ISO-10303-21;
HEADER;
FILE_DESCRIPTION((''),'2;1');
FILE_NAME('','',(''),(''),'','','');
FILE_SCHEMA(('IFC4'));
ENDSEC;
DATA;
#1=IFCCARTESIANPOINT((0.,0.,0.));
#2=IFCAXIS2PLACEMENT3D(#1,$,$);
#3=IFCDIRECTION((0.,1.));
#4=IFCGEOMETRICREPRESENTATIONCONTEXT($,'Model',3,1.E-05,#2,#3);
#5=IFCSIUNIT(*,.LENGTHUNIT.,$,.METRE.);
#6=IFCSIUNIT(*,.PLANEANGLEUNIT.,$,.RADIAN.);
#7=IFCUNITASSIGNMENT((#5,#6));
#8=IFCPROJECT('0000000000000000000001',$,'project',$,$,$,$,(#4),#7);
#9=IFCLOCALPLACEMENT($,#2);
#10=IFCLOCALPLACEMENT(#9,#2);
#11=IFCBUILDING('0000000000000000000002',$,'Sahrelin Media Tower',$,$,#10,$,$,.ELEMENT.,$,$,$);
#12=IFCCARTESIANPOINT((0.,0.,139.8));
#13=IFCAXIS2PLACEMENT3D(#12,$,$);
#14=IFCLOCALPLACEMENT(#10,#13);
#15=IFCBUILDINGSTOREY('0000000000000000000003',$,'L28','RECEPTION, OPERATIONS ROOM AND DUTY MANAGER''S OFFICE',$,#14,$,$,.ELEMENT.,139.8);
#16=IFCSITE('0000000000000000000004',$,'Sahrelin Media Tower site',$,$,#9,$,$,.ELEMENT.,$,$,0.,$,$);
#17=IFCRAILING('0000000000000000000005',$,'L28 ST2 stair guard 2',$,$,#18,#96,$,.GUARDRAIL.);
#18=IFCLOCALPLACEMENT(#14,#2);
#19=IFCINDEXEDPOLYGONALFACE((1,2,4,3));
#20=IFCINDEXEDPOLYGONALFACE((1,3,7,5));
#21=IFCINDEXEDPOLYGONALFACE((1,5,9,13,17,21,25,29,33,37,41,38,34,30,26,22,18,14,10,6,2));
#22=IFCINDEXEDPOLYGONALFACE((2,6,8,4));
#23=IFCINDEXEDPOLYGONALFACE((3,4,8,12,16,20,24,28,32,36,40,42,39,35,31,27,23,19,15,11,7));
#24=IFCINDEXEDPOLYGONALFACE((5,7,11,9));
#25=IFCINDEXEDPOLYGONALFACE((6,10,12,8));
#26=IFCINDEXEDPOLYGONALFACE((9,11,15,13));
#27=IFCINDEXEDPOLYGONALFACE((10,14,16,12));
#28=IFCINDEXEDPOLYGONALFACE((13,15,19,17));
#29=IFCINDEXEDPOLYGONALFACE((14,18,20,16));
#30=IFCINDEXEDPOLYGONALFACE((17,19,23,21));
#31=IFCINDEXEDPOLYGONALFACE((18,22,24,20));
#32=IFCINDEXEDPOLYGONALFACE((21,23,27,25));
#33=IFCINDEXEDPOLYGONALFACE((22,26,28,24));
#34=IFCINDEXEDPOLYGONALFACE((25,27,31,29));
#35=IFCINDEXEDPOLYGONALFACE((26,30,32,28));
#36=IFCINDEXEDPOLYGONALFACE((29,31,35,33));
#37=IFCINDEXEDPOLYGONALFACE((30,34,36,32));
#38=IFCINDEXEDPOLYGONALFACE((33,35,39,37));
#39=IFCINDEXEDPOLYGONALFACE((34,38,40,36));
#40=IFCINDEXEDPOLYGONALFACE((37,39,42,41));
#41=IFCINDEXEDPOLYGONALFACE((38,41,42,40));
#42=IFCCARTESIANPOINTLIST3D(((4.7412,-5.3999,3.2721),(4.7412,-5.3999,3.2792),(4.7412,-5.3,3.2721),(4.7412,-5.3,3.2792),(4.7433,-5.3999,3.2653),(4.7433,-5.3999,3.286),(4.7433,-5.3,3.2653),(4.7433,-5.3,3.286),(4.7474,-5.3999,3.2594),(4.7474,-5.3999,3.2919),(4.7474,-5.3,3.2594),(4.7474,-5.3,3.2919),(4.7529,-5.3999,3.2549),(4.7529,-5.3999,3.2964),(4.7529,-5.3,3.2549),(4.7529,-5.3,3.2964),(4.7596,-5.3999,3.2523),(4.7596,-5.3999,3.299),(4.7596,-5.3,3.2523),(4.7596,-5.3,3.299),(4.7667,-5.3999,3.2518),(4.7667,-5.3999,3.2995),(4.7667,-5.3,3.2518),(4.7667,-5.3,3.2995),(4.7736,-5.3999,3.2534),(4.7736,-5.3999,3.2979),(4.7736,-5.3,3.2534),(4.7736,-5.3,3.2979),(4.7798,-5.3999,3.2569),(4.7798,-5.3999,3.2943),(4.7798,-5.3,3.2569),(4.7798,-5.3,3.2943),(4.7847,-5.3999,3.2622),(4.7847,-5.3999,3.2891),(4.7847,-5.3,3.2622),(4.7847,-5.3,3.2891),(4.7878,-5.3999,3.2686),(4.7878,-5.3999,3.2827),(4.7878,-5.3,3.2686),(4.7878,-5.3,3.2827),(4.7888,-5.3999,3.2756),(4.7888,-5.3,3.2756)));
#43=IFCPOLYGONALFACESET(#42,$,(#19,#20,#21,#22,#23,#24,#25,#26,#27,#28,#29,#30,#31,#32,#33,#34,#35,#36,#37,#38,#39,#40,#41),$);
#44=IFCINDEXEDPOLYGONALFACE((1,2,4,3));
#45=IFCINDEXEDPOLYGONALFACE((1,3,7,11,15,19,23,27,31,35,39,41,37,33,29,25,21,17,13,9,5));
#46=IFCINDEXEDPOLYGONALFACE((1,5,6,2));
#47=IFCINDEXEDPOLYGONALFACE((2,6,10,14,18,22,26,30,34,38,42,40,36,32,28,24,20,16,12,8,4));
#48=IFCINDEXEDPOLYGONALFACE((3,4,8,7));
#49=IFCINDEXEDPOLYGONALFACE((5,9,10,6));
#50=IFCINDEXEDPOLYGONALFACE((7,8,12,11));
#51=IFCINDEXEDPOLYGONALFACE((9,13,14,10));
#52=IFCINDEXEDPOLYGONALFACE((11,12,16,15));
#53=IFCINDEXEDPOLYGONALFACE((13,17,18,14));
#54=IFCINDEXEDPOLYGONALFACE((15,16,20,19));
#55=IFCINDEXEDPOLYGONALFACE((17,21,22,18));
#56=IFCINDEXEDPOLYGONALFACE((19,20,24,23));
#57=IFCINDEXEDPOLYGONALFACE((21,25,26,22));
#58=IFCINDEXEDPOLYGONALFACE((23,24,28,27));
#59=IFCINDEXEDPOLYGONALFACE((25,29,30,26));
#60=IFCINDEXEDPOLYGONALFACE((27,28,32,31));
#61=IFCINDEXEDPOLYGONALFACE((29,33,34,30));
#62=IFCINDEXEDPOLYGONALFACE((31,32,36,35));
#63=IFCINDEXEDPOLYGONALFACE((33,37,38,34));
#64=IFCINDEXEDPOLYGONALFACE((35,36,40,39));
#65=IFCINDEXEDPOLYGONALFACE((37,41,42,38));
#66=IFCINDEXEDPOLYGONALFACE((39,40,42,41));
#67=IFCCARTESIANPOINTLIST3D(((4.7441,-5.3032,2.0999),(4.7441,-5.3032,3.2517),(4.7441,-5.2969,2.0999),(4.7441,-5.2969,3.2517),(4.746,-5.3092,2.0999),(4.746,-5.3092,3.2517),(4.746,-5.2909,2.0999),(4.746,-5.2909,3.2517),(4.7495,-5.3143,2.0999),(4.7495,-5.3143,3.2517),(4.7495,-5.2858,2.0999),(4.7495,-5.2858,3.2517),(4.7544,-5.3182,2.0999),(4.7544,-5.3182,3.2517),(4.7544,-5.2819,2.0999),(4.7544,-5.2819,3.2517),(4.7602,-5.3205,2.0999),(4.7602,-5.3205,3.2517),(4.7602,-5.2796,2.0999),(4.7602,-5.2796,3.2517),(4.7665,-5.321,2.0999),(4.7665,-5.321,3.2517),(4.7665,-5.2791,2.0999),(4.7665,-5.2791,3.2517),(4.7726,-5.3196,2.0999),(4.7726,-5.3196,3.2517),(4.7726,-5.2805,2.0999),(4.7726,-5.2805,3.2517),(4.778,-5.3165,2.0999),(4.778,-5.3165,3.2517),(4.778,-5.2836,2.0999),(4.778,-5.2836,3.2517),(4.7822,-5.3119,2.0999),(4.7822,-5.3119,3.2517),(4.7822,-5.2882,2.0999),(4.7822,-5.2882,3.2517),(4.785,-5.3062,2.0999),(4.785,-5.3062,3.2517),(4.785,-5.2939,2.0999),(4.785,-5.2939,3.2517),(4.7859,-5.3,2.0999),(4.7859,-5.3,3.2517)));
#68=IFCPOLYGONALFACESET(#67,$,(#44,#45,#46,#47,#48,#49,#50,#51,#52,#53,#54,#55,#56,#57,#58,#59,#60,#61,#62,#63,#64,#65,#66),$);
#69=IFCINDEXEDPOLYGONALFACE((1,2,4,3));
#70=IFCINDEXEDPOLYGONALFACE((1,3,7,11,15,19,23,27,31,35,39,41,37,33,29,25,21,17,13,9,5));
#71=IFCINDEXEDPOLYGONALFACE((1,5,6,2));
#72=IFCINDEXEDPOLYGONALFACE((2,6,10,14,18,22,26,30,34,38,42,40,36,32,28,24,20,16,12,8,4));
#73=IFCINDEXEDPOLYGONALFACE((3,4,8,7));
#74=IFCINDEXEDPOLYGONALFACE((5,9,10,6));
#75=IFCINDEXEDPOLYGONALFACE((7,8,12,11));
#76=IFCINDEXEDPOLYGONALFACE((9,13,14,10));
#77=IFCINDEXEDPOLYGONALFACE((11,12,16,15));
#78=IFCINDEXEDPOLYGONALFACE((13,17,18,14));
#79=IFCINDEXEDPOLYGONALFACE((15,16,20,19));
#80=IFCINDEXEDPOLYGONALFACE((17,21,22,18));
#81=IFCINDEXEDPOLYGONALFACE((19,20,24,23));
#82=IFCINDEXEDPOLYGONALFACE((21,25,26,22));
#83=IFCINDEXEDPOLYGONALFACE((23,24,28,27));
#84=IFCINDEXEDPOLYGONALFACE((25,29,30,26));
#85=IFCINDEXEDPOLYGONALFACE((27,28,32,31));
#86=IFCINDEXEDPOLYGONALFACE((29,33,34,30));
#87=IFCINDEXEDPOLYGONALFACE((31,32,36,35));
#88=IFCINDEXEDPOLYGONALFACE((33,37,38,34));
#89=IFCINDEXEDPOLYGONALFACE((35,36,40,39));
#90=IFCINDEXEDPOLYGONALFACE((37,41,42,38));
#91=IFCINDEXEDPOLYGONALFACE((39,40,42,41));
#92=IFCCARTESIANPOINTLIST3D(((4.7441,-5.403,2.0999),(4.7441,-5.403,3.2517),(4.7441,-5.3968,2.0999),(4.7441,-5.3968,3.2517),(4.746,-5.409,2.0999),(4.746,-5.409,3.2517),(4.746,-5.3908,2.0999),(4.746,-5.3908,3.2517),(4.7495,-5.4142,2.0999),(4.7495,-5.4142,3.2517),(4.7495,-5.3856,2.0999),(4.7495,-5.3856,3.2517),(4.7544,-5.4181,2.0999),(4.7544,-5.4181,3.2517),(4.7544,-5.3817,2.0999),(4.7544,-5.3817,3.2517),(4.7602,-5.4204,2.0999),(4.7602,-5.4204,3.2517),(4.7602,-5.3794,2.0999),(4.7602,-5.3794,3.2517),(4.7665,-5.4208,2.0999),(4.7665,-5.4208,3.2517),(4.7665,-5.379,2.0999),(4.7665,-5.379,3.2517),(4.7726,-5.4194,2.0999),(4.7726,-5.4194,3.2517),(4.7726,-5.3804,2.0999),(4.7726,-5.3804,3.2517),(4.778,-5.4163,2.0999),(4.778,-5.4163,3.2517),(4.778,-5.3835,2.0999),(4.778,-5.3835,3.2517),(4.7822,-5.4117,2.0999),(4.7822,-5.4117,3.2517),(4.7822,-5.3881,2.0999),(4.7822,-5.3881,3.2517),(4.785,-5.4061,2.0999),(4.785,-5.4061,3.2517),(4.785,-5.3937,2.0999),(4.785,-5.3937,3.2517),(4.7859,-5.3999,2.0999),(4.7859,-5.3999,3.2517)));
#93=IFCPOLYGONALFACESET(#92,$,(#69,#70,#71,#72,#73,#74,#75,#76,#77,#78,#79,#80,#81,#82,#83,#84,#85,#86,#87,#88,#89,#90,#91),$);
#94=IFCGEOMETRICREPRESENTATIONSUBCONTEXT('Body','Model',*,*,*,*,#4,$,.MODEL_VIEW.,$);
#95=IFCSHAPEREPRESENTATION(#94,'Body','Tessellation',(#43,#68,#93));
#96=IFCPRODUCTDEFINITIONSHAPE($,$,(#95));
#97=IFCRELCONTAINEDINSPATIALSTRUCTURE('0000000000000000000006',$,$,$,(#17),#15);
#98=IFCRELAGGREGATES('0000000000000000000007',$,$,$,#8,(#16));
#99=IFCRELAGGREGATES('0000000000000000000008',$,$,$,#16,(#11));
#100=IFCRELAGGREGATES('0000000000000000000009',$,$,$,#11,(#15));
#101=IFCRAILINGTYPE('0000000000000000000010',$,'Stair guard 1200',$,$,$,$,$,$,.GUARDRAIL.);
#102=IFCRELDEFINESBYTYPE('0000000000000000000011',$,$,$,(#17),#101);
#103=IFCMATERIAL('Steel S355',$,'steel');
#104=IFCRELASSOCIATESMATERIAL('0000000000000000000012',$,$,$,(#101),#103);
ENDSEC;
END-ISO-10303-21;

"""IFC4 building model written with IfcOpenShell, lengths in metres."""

from ifc_helpers import new_model, si_unit, direction, frame, origin, origin_2d, place, context, subcontext, project, spatial, circle, extrude, material, type_object, element, save


model = new_model("IFC4")

# Units and contexts
model_context = context("Model", 3, precision=1e-05, world=origin(), true_north=direction((0.0, 1.0)))
body_context = subcontext(model_context, "Body", "Model", "MODEL_VIEW")
ifc_project = project(units=[si_unit("LENGTHUNIT", "METRE"), si_unit("PLANEANGLEUNIT", "RADIAN")], contexts=[model_context])

# Site, building, storey
site_placement = place(None, origin())
site = spatial("IfcSite", under=ifc_project, at=site_placement, Name="Sahrelin Media Tower site", CompositionType="ELEMENT", RefElevation=0.0)
building_placement = place(site_placement, origin())
building = spatial("IfcBuilding", under=site, at=building_placement, Name="Sahrelin Media Tower", CompositionType="ELEMENT")
storey_placement = place(building_placement, frame((0.0, 0.0, 139.8)))
storey = spatial("IfcBuildingStorey", under=building, at=storey_placement, Name="L28", Description="RECEPTION, OPERATIONS ROOM AND DUTY MANAGER'S OFFICE", CompositionType="ELEMENT", Elevation=139.8)

# Shared definitions
ifc_material_1 = material(Name="Steel S355", Category="steel")

# Railing
railing_type_1 = type_object("IfcRailingType", Name="Stair guard 1200", PredefinedType="GUARDRAIL", material=ifc_material_1)
railing_1_placement = place(storey_placement, frame((4.7649, -5.3, 2.0999)))
element("IfcRailing", 1, at=railing_1_placement, inside=storey, type_object=railing_type_1, Name="L28 ST2 stair guard 2", PredefinedType="GUARDRAIL", context=body_context, shape_type="SweptSolid", body=[
    extrude(circle(Radius=0.0239, at=origin_2d()), frame((0.0, 0.0, 1.1758), z_axis=(0.0, -1.0, 0.0), x_axis=(1.0, 0.0, 0.0)), (0.0, 0.0, 1.0), 0.0999),
    extrude(circle(Radius=0.021, at=origin_2d()), origin(), (0.0, 0.0, 1.0), 1.1519),
    extrude(circle(Radius=0.021, at=origin_2d()), frame((0.0, -0.0999, 0.0)), (0.0, 0.0, 1.0), 1.1519),
])

save(model, "model.ifc")
